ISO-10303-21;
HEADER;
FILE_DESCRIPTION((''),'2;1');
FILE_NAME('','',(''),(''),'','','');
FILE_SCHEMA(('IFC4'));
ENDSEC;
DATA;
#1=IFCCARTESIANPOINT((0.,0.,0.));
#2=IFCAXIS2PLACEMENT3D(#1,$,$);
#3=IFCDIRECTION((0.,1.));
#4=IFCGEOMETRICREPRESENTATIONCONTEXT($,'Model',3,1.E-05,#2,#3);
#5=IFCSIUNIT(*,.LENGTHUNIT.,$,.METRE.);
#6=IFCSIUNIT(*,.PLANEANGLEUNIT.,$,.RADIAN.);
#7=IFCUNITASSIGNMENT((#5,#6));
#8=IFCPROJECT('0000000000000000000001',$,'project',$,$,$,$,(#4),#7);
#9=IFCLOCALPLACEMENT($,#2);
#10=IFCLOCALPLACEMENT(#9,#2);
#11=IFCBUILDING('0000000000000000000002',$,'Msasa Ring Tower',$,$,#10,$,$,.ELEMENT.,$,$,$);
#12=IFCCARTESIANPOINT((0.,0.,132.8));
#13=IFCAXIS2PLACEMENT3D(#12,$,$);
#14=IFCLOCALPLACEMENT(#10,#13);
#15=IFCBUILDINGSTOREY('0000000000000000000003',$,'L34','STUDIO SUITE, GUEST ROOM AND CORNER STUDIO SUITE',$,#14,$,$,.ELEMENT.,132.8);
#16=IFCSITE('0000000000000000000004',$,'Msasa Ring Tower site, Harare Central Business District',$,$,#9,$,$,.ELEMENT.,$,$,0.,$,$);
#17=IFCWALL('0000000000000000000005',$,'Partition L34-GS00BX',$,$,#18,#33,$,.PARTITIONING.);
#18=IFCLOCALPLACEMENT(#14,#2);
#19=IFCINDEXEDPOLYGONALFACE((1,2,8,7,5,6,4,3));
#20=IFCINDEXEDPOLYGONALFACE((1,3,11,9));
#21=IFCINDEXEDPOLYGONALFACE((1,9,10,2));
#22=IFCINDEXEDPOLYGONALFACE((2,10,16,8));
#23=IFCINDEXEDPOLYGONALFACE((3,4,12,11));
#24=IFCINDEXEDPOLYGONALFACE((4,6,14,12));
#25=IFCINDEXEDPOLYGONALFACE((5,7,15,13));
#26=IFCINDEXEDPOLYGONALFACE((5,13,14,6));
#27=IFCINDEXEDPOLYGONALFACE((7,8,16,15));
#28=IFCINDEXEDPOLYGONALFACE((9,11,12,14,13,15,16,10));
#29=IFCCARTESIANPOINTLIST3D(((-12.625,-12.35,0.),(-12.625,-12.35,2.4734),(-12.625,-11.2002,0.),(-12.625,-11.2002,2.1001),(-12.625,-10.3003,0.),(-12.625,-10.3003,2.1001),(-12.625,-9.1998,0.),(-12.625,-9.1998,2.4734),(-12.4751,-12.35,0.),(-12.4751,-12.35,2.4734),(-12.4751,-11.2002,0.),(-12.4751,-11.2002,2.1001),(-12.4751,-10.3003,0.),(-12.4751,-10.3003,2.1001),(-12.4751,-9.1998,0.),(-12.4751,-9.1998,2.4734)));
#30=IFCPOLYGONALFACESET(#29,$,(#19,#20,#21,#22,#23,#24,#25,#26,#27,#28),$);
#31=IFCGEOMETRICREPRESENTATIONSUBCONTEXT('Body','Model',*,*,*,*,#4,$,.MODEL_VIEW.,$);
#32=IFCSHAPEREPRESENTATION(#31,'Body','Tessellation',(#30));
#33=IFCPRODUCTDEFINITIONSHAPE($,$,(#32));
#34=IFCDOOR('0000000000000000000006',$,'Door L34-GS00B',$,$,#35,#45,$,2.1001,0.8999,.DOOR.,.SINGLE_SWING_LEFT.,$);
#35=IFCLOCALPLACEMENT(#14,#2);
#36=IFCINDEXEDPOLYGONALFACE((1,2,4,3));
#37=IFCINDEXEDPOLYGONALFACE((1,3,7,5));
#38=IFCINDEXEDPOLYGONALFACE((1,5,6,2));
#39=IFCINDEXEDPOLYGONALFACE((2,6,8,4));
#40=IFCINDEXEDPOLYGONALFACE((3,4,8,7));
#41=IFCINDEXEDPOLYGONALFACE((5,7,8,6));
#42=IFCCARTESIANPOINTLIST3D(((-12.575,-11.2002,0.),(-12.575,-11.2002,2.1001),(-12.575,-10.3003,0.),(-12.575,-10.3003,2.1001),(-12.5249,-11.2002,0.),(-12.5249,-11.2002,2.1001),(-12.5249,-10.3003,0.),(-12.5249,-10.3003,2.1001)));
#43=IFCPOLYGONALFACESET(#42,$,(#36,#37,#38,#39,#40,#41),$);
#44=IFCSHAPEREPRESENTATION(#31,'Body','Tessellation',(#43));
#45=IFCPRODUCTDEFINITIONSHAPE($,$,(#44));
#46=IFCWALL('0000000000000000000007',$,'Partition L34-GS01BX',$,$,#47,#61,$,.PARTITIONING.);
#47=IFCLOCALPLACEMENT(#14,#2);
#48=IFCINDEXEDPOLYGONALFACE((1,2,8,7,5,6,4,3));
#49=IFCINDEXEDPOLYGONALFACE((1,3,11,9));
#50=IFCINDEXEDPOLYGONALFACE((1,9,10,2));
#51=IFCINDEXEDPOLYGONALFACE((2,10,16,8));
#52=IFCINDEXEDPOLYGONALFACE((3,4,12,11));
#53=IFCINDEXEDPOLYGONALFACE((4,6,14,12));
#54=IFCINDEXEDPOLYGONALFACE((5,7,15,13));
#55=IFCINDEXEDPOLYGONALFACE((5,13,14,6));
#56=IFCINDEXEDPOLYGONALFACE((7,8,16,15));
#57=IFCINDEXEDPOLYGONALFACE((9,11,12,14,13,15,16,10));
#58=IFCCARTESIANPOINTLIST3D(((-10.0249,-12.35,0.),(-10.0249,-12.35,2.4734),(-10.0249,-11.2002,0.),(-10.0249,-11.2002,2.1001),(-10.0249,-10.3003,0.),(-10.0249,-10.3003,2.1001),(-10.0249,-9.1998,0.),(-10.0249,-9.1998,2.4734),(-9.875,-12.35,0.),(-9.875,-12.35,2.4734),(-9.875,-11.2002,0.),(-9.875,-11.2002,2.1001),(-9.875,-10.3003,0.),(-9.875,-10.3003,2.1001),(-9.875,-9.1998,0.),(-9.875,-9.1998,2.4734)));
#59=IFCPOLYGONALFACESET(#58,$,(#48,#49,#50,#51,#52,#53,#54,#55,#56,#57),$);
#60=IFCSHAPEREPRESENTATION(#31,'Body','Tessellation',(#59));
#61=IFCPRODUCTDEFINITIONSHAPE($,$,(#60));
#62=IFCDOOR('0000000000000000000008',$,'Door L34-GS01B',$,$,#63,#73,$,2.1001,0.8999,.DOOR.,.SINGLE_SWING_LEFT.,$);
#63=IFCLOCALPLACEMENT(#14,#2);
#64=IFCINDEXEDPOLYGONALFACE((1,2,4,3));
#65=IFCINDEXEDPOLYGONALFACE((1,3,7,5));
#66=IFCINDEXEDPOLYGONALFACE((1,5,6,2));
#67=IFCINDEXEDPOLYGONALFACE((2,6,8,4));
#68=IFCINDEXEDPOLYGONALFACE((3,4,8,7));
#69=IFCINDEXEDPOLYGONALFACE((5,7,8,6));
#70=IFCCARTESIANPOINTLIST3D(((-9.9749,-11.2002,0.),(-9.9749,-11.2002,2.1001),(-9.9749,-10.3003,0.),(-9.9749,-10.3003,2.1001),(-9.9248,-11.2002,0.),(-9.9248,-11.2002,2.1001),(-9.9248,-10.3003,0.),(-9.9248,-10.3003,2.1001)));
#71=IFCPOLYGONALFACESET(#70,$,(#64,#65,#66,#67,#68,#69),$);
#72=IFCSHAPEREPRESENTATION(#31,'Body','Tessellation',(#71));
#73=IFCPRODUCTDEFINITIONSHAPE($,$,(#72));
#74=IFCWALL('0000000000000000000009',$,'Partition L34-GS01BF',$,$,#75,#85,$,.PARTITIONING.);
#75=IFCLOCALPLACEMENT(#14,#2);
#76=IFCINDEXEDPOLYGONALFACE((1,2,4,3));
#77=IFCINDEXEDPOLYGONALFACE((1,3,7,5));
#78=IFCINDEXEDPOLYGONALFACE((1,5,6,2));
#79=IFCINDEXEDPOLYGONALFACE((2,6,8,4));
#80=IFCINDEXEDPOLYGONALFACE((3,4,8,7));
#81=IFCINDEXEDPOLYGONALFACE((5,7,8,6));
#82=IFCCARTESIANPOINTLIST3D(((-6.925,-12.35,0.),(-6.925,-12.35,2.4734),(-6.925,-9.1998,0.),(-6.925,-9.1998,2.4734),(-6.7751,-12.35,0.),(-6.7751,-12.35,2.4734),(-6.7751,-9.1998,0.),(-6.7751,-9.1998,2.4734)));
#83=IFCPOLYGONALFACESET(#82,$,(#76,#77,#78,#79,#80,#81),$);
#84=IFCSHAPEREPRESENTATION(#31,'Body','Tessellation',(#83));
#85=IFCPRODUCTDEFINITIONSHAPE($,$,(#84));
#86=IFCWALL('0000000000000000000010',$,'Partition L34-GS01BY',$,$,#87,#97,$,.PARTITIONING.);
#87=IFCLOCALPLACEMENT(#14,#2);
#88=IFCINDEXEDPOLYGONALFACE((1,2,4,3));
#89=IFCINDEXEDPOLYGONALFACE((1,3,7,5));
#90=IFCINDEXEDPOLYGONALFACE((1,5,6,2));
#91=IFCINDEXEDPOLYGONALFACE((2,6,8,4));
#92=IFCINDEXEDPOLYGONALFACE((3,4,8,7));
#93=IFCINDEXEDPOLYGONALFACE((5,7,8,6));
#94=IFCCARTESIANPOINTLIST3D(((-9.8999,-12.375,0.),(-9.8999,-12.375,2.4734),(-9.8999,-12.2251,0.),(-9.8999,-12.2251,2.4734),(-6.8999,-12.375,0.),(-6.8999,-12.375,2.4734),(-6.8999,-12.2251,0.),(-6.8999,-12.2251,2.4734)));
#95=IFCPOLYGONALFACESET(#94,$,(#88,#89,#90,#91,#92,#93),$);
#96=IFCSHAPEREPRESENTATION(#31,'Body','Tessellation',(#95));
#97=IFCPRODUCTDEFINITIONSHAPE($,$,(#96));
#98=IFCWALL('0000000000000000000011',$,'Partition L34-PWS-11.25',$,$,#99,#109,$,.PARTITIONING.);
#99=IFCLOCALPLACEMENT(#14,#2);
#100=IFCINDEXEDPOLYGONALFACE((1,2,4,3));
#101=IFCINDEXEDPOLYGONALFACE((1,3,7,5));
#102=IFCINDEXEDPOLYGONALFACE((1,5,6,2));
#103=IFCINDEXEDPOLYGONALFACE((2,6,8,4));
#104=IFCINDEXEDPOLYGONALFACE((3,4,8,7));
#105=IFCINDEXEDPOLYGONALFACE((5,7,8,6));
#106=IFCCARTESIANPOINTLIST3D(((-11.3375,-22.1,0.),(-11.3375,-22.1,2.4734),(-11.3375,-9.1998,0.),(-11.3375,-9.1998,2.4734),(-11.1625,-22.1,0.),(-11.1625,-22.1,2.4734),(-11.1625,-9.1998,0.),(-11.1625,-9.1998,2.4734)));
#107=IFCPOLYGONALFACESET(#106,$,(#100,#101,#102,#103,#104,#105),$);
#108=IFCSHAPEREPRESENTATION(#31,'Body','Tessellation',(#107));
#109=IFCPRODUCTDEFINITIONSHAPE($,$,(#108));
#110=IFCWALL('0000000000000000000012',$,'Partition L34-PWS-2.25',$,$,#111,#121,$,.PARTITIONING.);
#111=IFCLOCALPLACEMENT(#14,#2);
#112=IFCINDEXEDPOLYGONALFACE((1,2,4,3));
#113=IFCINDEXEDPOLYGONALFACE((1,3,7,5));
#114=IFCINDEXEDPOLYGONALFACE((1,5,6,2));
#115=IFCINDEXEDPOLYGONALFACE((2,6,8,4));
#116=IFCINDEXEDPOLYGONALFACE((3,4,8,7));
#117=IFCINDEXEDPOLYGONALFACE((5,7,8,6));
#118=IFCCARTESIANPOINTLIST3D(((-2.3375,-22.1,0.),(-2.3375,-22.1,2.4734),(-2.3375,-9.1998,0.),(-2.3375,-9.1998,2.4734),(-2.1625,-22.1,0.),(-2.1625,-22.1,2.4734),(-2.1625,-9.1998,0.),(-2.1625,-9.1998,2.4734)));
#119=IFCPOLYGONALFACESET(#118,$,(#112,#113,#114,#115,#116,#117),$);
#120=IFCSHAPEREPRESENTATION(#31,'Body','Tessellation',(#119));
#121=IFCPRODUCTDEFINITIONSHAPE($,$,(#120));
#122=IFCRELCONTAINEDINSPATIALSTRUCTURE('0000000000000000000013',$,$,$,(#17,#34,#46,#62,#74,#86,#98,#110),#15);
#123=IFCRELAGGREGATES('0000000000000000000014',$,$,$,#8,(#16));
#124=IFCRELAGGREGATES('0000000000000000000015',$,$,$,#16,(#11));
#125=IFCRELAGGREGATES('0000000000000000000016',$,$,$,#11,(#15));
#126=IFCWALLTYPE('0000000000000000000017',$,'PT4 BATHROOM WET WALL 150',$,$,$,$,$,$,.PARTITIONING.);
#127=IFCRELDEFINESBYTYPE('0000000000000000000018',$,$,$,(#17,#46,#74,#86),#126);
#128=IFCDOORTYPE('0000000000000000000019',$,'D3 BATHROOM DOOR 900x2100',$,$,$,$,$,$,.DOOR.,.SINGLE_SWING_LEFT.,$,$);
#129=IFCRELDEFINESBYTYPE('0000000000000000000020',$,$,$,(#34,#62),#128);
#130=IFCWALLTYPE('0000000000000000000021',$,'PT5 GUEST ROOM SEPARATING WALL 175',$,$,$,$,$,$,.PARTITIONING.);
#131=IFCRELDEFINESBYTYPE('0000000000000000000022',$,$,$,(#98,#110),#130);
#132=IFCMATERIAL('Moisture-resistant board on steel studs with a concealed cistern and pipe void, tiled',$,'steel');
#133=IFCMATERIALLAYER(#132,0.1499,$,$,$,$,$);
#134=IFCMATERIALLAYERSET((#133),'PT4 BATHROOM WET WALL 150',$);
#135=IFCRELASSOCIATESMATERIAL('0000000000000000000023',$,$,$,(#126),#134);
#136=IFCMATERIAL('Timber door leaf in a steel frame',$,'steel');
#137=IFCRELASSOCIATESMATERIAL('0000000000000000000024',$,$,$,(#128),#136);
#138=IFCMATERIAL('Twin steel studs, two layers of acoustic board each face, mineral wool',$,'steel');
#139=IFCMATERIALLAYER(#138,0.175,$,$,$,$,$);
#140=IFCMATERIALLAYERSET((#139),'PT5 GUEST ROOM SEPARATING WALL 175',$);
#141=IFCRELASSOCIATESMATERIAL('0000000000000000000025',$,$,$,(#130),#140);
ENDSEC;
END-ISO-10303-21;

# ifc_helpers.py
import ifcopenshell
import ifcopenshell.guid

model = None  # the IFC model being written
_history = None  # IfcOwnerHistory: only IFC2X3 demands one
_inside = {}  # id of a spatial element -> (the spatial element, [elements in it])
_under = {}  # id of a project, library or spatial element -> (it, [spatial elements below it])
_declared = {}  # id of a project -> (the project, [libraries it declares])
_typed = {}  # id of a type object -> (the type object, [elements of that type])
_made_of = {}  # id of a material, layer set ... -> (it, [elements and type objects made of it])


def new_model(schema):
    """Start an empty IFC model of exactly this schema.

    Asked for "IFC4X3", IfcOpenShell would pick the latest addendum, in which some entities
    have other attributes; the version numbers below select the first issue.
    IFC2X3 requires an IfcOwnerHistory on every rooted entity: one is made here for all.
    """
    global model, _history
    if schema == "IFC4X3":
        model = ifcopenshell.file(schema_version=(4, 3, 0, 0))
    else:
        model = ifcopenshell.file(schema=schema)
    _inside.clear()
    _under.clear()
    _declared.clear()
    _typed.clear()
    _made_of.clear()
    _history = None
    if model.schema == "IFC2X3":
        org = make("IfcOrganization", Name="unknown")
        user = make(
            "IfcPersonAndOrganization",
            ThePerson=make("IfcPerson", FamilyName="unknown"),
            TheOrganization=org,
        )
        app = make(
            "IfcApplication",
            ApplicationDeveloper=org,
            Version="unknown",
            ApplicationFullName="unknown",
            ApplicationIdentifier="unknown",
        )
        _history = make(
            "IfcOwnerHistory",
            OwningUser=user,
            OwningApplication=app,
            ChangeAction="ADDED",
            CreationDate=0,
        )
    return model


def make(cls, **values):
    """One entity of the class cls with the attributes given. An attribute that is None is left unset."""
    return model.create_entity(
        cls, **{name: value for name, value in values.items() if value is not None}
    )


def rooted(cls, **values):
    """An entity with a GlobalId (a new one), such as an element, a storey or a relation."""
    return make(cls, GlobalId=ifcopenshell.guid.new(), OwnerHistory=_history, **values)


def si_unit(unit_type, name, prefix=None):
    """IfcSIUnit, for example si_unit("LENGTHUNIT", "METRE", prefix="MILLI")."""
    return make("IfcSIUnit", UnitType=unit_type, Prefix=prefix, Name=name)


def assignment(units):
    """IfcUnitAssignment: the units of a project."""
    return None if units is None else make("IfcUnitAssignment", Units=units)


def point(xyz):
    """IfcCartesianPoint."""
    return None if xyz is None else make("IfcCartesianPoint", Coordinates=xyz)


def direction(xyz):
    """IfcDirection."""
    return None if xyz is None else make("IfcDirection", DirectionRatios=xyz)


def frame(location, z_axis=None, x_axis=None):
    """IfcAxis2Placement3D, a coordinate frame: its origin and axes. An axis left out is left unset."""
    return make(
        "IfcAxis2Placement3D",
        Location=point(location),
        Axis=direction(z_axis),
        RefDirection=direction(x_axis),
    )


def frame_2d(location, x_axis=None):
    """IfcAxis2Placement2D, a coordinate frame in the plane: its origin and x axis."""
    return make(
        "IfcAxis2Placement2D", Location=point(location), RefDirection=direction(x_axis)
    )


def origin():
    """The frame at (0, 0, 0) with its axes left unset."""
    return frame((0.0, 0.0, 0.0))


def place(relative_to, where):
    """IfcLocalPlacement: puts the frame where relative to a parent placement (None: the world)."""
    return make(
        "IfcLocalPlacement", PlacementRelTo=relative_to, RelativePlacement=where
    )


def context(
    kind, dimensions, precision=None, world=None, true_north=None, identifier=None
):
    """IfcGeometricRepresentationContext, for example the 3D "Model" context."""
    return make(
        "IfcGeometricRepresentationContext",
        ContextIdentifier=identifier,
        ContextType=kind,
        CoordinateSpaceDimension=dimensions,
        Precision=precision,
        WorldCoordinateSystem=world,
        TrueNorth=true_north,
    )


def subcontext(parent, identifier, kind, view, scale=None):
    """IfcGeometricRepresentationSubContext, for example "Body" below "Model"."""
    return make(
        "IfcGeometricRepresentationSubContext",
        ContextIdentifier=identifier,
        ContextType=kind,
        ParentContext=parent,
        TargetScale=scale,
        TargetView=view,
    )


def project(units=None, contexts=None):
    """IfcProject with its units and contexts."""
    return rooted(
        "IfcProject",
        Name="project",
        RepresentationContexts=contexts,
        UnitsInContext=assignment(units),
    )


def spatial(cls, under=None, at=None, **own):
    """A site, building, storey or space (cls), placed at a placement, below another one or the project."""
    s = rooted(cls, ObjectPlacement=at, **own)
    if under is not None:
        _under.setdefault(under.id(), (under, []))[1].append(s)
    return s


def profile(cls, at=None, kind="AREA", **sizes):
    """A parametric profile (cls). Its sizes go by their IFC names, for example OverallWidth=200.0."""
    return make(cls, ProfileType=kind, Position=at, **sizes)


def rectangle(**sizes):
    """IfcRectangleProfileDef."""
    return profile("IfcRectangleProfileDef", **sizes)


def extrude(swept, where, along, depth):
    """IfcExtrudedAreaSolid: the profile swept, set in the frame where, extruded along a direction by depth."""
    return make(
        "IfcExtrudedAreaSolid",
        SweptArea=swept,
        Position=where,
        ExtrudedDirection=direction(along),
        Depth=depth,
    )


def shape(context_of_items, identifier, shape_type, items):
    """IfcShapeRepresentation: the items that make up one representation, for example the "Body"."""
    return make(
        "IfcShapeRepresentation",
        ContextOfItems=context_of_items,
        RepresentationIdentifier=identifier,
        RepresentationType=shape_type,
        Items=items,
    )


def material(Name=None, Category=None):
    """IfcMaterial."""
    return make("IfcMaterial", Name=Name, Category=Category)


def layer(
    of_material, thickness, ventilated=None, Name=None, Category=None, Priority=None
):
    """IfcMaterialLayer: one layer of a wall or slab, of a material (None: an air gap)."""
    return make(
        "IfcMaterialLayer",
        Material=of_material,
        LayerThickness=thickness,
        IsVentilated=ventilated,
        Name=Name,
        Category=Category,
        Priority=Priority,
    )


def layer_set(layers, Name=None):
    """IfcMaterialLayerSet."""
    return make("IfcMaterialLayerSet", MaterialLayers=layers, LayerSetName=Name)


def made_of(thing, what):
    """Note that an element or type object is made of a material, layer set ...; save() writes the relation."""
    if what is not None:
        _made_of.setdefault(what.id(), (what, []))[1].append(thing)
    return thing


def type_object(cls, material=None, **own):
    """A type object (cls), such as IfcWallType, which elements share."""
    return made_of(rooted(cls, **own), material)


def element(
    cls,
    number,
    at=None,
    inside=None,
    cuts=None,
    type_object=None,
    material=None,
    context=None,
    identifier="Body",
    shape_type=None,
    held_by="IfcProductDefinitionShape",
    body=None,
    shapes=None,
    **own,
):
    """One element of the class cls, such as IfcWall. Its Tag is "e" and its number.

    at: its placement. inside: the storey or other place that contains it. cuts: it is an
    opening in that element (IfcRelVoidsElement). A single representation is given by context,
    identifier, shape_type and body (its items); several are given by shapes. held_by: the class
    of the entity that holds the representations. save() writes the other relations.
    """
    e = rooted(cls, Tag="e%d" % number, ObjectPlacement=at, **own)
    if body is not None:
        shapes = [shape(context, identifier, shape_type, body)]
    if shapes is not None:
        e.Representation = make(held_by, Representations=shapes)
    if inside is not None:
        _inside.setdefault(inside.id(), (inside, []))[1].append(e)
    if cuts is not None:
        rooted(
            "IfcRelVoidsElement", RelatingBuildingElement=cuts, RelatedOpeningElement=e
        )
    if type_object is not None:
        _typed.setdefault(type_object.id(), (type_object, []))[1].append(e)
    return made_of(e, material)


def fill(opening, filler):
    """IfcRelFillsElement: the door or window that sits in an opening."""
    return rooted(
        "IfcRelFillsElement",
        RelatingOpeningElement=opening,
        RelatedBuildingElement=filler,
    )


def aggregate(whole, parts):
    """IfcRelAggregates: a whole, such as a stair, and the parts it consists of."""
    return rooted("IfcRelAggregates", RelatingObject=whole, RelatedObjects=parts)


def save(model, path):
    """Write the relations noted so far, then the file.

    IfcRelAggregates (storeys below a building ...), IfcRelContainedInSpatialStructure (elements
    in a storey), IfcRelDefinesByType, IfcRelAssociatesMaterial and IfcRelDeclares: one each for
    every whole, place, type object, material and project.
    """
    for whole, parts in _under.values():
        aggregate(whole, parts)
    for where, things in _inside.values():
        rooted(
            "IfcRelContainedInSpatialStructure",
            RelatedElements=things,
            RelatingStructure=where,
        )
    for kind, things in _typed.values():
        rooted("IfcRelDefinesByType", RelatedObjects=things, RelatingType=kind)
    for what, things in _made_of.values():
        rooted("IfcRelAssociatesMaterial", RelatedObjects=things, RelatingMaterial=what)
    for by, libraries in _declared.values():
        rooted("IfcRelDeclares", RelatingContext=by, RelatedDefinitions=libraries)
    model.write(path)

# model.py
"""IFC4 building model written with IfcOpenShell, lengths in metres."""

from ifc_helpers import new_model, si_unit, direction, frame, frame_2d, origin, place, context, subcontext, project, spatial, rectangle, extrude, material, layer, layer_set, type_object, element, fill, save


model = new_model("IFC4")

# Units and contexts
model_context = context("Model", 3, precision=1e-05, world=origin(), true_north=direction((0.0, 1.0)))
body_context = subcontext(model_context, "Body", "Model", "MODEL_VIEW")
ifc_project = project(units=[si_unit("LENGTHUNIT", "METRE"), si_unit("PLANEANGLEUNIT", "RADIAN")], contexts=[model_context])

# Site, building, storey
site_placement = place(None, origin())
site = spatial("IfcSite", under=ifc_project, at=site_placement, Name="Msasa Ring Tower site, Harare Central Business District", CompositionType="ELEMENT", RefElevation=0.0)
building_placement = place(site_placement, origin())
building = spatial("IfcBuilding", under=site, at=building_placement, Name="Msasa Ring Tower", CompositionType="ELEMENT")
storey_placement = place(building_placement, frame((0.0, 0.0, 132.8)))
storey = spatial("IfcBuildingStorey", under=building, at=storey_placement, Name="L34", Description="STUDIO SUITE, GUEST ROOM AND CORNER STUDIO SUITE", CompositionType="ELEMENT", Elevation=132.8)

# Walls, openings, doors
ifc_material_1 = material(Name="Moisture-resistant board on steel studs with a concealed cistern and pipe void, tiled", Category="steel")
ifc_layer_1 = layer(ifc_material_1, 0.1499)
ifc_layer_set_1 = layer_set([ifc_layer_1], Name="PT4 BATHROOM WET WALL 150")
wall_type_1 = type_object("IfcWallType", Name="PT4 BATHROOM WET WALL 150", PredefinedType="PARTITIONING", material=ifc_layer_set_1)
wall_1_placement = place(storey_placement, frame((-12.55, -12.3501, 0.0), z_axis=(0.0, 0.0, 1.0), x_axis=(0.0, 1.0, 0.0)))
wall_1 = element("IfcWall", 1, at=wall_1_placement, inside=storey, type_object=wall_type_1, Name="Partition L34-GS00BX", PredefinedType="PARTITIONING", context=body_context, shape_type="SweptSolid", body=[
    extrude(rectangle(XDim=3.1501, YDim=0.1499, at=frame_2d((1.5752, 0.0))), origin(), (0.0, 0.0, 1.0), 2.4734),
])
opening_1_placement = place(wall_1_placement, frame((1.1499, 0.0, 0.0)))
opening_1 = element("IfcOpeningElement", 2, at=opening_1_placement, cuts=wall_1, PredefinedType="OPENING", context=body_context, shape_type="SweptSolid", body=[
    extrude(rectangle(XDim=0.8999, YDim=2.1001, at=frame_2d((0.45, 1.05))), frame((0.0, 0.085, 0.0), z_axis=(0.0, -1.0, 0.0), x_axis=(1.0, 0.0, 0.0)), (0.0, 0.0, 1.0), 0.1699),
])
ifc_material_2 = material(Name="Timber door leaf in a steel frame", Category="steel")
door_type = type_object("IfcDoorType", Name="D3 BATHROOM DOOR 900x2100", OperationType="SINGLE_SWING_LEFT", PredefinedType="DOOR", material=ifc_material_2)
door_1_placement = place(opening_1_placement, origin())
door_1 = element("IfcDoor", 3, at=door_1_placement, inside=storey, type_object=door_type, Name="Door L34-GS00B", OperationType="SINGLE_SWING_LEFT", OverallHeight=2.1001, OverallWidth=0.8999, PredefinedType="DOOR", context=body_context, shape_type="SweptSolid", body=[
    extrude(rectangle(XDim=0.8999, YDim=2.1001, at=frame_2d((0.45, 1.05))), frame((0.0, 0.0249, 0.0), z_axis=(0.0, -1.0, 0.0), x_axis=(1.0, 0.0, 0.0)), (0.0, 0.0, 1.0), 0.05),
])
fill(opening_1, door_1)
wall_2_placement = place(storey_placement, frame((-9.95, -12.3501, 0.0), z_axis=(0.0, 0.0, 1.0), x_axis=(0.0, 1.0, 0.0)))
wall_2 = element("IfcWall", 4, at=wall_2_placement, inside=storey, type_object=wall_type_1, Name="Partition L34-GS01BX", PredefinedType="PARTITIONING", context=body_context, shape_type="SweptSolid", body=[
    extrude(rectangle(XDim=3.1501, YDim=0.1499, at=frame_2d((1.5752, 0.0))), origin(), (0.0, 0.0, 1.0), 2.4734),
])
opening_2_placement = place(wall_2_placement, frame((1.1499, 0.0, 0.0)))
opening_2 = element("IfcOpeningElement", 5, at=opening_2_placement, cuts=wall_2, PredefinedType="OPENING", context=body_context, shape_type="SweptSolid", body=[
    extrude(rectangle(XDim=0.8999, YDim=2.1001, at=frame_2d((0.45, 1.05))), frame((0.0, 0.085, 0.0), z_axis=(0.0, -1.0, 0.0), x_axis=(1.0, 0.0, 0.0)), (0.0, 0.0, 1.0), 0.1699),
])
door_2_placement = place(opening_2_placement, origin())
door_2 = element("IfcDoor", 6, at=door_2_placement, inside=storey, type_object=door_type, Name="Door L34-GS01B", OperationType="SINGLE_SWING_LEFT", OverallHeight=2.1001, OverallWidth=0.8999, PredefinedType="DOOR", context=body_context, shape_type="SweptSolid", body=[
    extrude(rectangle(XDim=0.8999, YDim=2.1001, at=frame_2d((0.45, 1.05))), frame((0.0, 0.0249, 0.0), z_axis=(0.0, -1.0, 0.0), x_axis=(1.0, 0.0, 0.0)), (0.0, 0.0, 1.0), 0.05),
])
fill(opening_2, door_2)

# Walls
wall_3_placement = place(storey_placement, frame((-6.8501, -12.3501, 0.0), z_axis=(0.0, 0.0, 1.0), x_axis=(0.0, 1.0, 0.0)))
element("IfcWall", 7, at=wall_3_placement, inside=storey, type_object=wall_type_1, Name="Partition L34-GS01BF", PredefinedType="PARTITIONING", context=body_context, shape_type="SweptSolid", body=[
    extrude(rectangle(XDim=3.1501, YDim=0.1499, at=frame_2d((1.5752, 0.0))), origin(), (0.0, 0.0, 1.0), 2.4734),
])
wall_4_placement = place(storey_placement, frame((-9.8999, -12.3, 0.0), z_axis=(0.0, 0.0, 1.0), x_axis=(1.0, 0.0, 0.0)))
element("IfcWall", 8, at=wall_4_placement, inside=storey, type_object=wall_type_1, Name="Partition L34-GS01BY", PredefinedType="PARTITIONING", context=body_context, shape_type="SweptSolid", body=[
    extrude(rectangle(XDim=3.0, YDim=0.1499, at=frame_2d((1.5, 0.0))), origin(), (0.0, 0.0, 1.0), 2.4734),
])
ifc_material_3 = material(Name="Twin steel studs, two layers of acoustic board each face, mineral wool", Category="steel")
ifc_layer_2 = layer(ifc_material_3, 0.175)
ifc_layer_set_2 = layer_set([ifc_layer_2], Name="PT5 GUEST ROOM SEPARATING WALL 175")
wall_type_2 = type_object("IfcWallType", Name="PT5 GUEST ROOM SEPARATING WALL 175", PredefinedType="PARTITIONING", material=ifc_layer_set_2)
for number, where, z_axis, x_axis, name in (
    (9, (-11.25, -22.1001, 0.0), (0.0, 0.0, 1.0), (0.0, 1.0, 0.0), "Partition L34-PWS-11.25"),
    (10, (-2.25, -22.1001, 0.0), (0.0, 0.0, 1.0), (0.0, 1.0, 0.0), "Partition L34-PWS-2.25"),
):
    element("IfcWall", number, at=place(storey_placement, frame(where, z_axis=z_axis, x_axis=x_axis)), inside=storey, type_object=wall_type_2, Name=name, PredefinedType="PARTITIONING", context=body_context, shape_type="SweptSolid", body=[
        extrude(rectangle(XDim=12.9001, YDim=0.175, at=frame_2d((6.4502, 0.0))), origin(), (0.0, 0.0, 1.0), 2.4734),
    ])

save(model, "model.ifc")
